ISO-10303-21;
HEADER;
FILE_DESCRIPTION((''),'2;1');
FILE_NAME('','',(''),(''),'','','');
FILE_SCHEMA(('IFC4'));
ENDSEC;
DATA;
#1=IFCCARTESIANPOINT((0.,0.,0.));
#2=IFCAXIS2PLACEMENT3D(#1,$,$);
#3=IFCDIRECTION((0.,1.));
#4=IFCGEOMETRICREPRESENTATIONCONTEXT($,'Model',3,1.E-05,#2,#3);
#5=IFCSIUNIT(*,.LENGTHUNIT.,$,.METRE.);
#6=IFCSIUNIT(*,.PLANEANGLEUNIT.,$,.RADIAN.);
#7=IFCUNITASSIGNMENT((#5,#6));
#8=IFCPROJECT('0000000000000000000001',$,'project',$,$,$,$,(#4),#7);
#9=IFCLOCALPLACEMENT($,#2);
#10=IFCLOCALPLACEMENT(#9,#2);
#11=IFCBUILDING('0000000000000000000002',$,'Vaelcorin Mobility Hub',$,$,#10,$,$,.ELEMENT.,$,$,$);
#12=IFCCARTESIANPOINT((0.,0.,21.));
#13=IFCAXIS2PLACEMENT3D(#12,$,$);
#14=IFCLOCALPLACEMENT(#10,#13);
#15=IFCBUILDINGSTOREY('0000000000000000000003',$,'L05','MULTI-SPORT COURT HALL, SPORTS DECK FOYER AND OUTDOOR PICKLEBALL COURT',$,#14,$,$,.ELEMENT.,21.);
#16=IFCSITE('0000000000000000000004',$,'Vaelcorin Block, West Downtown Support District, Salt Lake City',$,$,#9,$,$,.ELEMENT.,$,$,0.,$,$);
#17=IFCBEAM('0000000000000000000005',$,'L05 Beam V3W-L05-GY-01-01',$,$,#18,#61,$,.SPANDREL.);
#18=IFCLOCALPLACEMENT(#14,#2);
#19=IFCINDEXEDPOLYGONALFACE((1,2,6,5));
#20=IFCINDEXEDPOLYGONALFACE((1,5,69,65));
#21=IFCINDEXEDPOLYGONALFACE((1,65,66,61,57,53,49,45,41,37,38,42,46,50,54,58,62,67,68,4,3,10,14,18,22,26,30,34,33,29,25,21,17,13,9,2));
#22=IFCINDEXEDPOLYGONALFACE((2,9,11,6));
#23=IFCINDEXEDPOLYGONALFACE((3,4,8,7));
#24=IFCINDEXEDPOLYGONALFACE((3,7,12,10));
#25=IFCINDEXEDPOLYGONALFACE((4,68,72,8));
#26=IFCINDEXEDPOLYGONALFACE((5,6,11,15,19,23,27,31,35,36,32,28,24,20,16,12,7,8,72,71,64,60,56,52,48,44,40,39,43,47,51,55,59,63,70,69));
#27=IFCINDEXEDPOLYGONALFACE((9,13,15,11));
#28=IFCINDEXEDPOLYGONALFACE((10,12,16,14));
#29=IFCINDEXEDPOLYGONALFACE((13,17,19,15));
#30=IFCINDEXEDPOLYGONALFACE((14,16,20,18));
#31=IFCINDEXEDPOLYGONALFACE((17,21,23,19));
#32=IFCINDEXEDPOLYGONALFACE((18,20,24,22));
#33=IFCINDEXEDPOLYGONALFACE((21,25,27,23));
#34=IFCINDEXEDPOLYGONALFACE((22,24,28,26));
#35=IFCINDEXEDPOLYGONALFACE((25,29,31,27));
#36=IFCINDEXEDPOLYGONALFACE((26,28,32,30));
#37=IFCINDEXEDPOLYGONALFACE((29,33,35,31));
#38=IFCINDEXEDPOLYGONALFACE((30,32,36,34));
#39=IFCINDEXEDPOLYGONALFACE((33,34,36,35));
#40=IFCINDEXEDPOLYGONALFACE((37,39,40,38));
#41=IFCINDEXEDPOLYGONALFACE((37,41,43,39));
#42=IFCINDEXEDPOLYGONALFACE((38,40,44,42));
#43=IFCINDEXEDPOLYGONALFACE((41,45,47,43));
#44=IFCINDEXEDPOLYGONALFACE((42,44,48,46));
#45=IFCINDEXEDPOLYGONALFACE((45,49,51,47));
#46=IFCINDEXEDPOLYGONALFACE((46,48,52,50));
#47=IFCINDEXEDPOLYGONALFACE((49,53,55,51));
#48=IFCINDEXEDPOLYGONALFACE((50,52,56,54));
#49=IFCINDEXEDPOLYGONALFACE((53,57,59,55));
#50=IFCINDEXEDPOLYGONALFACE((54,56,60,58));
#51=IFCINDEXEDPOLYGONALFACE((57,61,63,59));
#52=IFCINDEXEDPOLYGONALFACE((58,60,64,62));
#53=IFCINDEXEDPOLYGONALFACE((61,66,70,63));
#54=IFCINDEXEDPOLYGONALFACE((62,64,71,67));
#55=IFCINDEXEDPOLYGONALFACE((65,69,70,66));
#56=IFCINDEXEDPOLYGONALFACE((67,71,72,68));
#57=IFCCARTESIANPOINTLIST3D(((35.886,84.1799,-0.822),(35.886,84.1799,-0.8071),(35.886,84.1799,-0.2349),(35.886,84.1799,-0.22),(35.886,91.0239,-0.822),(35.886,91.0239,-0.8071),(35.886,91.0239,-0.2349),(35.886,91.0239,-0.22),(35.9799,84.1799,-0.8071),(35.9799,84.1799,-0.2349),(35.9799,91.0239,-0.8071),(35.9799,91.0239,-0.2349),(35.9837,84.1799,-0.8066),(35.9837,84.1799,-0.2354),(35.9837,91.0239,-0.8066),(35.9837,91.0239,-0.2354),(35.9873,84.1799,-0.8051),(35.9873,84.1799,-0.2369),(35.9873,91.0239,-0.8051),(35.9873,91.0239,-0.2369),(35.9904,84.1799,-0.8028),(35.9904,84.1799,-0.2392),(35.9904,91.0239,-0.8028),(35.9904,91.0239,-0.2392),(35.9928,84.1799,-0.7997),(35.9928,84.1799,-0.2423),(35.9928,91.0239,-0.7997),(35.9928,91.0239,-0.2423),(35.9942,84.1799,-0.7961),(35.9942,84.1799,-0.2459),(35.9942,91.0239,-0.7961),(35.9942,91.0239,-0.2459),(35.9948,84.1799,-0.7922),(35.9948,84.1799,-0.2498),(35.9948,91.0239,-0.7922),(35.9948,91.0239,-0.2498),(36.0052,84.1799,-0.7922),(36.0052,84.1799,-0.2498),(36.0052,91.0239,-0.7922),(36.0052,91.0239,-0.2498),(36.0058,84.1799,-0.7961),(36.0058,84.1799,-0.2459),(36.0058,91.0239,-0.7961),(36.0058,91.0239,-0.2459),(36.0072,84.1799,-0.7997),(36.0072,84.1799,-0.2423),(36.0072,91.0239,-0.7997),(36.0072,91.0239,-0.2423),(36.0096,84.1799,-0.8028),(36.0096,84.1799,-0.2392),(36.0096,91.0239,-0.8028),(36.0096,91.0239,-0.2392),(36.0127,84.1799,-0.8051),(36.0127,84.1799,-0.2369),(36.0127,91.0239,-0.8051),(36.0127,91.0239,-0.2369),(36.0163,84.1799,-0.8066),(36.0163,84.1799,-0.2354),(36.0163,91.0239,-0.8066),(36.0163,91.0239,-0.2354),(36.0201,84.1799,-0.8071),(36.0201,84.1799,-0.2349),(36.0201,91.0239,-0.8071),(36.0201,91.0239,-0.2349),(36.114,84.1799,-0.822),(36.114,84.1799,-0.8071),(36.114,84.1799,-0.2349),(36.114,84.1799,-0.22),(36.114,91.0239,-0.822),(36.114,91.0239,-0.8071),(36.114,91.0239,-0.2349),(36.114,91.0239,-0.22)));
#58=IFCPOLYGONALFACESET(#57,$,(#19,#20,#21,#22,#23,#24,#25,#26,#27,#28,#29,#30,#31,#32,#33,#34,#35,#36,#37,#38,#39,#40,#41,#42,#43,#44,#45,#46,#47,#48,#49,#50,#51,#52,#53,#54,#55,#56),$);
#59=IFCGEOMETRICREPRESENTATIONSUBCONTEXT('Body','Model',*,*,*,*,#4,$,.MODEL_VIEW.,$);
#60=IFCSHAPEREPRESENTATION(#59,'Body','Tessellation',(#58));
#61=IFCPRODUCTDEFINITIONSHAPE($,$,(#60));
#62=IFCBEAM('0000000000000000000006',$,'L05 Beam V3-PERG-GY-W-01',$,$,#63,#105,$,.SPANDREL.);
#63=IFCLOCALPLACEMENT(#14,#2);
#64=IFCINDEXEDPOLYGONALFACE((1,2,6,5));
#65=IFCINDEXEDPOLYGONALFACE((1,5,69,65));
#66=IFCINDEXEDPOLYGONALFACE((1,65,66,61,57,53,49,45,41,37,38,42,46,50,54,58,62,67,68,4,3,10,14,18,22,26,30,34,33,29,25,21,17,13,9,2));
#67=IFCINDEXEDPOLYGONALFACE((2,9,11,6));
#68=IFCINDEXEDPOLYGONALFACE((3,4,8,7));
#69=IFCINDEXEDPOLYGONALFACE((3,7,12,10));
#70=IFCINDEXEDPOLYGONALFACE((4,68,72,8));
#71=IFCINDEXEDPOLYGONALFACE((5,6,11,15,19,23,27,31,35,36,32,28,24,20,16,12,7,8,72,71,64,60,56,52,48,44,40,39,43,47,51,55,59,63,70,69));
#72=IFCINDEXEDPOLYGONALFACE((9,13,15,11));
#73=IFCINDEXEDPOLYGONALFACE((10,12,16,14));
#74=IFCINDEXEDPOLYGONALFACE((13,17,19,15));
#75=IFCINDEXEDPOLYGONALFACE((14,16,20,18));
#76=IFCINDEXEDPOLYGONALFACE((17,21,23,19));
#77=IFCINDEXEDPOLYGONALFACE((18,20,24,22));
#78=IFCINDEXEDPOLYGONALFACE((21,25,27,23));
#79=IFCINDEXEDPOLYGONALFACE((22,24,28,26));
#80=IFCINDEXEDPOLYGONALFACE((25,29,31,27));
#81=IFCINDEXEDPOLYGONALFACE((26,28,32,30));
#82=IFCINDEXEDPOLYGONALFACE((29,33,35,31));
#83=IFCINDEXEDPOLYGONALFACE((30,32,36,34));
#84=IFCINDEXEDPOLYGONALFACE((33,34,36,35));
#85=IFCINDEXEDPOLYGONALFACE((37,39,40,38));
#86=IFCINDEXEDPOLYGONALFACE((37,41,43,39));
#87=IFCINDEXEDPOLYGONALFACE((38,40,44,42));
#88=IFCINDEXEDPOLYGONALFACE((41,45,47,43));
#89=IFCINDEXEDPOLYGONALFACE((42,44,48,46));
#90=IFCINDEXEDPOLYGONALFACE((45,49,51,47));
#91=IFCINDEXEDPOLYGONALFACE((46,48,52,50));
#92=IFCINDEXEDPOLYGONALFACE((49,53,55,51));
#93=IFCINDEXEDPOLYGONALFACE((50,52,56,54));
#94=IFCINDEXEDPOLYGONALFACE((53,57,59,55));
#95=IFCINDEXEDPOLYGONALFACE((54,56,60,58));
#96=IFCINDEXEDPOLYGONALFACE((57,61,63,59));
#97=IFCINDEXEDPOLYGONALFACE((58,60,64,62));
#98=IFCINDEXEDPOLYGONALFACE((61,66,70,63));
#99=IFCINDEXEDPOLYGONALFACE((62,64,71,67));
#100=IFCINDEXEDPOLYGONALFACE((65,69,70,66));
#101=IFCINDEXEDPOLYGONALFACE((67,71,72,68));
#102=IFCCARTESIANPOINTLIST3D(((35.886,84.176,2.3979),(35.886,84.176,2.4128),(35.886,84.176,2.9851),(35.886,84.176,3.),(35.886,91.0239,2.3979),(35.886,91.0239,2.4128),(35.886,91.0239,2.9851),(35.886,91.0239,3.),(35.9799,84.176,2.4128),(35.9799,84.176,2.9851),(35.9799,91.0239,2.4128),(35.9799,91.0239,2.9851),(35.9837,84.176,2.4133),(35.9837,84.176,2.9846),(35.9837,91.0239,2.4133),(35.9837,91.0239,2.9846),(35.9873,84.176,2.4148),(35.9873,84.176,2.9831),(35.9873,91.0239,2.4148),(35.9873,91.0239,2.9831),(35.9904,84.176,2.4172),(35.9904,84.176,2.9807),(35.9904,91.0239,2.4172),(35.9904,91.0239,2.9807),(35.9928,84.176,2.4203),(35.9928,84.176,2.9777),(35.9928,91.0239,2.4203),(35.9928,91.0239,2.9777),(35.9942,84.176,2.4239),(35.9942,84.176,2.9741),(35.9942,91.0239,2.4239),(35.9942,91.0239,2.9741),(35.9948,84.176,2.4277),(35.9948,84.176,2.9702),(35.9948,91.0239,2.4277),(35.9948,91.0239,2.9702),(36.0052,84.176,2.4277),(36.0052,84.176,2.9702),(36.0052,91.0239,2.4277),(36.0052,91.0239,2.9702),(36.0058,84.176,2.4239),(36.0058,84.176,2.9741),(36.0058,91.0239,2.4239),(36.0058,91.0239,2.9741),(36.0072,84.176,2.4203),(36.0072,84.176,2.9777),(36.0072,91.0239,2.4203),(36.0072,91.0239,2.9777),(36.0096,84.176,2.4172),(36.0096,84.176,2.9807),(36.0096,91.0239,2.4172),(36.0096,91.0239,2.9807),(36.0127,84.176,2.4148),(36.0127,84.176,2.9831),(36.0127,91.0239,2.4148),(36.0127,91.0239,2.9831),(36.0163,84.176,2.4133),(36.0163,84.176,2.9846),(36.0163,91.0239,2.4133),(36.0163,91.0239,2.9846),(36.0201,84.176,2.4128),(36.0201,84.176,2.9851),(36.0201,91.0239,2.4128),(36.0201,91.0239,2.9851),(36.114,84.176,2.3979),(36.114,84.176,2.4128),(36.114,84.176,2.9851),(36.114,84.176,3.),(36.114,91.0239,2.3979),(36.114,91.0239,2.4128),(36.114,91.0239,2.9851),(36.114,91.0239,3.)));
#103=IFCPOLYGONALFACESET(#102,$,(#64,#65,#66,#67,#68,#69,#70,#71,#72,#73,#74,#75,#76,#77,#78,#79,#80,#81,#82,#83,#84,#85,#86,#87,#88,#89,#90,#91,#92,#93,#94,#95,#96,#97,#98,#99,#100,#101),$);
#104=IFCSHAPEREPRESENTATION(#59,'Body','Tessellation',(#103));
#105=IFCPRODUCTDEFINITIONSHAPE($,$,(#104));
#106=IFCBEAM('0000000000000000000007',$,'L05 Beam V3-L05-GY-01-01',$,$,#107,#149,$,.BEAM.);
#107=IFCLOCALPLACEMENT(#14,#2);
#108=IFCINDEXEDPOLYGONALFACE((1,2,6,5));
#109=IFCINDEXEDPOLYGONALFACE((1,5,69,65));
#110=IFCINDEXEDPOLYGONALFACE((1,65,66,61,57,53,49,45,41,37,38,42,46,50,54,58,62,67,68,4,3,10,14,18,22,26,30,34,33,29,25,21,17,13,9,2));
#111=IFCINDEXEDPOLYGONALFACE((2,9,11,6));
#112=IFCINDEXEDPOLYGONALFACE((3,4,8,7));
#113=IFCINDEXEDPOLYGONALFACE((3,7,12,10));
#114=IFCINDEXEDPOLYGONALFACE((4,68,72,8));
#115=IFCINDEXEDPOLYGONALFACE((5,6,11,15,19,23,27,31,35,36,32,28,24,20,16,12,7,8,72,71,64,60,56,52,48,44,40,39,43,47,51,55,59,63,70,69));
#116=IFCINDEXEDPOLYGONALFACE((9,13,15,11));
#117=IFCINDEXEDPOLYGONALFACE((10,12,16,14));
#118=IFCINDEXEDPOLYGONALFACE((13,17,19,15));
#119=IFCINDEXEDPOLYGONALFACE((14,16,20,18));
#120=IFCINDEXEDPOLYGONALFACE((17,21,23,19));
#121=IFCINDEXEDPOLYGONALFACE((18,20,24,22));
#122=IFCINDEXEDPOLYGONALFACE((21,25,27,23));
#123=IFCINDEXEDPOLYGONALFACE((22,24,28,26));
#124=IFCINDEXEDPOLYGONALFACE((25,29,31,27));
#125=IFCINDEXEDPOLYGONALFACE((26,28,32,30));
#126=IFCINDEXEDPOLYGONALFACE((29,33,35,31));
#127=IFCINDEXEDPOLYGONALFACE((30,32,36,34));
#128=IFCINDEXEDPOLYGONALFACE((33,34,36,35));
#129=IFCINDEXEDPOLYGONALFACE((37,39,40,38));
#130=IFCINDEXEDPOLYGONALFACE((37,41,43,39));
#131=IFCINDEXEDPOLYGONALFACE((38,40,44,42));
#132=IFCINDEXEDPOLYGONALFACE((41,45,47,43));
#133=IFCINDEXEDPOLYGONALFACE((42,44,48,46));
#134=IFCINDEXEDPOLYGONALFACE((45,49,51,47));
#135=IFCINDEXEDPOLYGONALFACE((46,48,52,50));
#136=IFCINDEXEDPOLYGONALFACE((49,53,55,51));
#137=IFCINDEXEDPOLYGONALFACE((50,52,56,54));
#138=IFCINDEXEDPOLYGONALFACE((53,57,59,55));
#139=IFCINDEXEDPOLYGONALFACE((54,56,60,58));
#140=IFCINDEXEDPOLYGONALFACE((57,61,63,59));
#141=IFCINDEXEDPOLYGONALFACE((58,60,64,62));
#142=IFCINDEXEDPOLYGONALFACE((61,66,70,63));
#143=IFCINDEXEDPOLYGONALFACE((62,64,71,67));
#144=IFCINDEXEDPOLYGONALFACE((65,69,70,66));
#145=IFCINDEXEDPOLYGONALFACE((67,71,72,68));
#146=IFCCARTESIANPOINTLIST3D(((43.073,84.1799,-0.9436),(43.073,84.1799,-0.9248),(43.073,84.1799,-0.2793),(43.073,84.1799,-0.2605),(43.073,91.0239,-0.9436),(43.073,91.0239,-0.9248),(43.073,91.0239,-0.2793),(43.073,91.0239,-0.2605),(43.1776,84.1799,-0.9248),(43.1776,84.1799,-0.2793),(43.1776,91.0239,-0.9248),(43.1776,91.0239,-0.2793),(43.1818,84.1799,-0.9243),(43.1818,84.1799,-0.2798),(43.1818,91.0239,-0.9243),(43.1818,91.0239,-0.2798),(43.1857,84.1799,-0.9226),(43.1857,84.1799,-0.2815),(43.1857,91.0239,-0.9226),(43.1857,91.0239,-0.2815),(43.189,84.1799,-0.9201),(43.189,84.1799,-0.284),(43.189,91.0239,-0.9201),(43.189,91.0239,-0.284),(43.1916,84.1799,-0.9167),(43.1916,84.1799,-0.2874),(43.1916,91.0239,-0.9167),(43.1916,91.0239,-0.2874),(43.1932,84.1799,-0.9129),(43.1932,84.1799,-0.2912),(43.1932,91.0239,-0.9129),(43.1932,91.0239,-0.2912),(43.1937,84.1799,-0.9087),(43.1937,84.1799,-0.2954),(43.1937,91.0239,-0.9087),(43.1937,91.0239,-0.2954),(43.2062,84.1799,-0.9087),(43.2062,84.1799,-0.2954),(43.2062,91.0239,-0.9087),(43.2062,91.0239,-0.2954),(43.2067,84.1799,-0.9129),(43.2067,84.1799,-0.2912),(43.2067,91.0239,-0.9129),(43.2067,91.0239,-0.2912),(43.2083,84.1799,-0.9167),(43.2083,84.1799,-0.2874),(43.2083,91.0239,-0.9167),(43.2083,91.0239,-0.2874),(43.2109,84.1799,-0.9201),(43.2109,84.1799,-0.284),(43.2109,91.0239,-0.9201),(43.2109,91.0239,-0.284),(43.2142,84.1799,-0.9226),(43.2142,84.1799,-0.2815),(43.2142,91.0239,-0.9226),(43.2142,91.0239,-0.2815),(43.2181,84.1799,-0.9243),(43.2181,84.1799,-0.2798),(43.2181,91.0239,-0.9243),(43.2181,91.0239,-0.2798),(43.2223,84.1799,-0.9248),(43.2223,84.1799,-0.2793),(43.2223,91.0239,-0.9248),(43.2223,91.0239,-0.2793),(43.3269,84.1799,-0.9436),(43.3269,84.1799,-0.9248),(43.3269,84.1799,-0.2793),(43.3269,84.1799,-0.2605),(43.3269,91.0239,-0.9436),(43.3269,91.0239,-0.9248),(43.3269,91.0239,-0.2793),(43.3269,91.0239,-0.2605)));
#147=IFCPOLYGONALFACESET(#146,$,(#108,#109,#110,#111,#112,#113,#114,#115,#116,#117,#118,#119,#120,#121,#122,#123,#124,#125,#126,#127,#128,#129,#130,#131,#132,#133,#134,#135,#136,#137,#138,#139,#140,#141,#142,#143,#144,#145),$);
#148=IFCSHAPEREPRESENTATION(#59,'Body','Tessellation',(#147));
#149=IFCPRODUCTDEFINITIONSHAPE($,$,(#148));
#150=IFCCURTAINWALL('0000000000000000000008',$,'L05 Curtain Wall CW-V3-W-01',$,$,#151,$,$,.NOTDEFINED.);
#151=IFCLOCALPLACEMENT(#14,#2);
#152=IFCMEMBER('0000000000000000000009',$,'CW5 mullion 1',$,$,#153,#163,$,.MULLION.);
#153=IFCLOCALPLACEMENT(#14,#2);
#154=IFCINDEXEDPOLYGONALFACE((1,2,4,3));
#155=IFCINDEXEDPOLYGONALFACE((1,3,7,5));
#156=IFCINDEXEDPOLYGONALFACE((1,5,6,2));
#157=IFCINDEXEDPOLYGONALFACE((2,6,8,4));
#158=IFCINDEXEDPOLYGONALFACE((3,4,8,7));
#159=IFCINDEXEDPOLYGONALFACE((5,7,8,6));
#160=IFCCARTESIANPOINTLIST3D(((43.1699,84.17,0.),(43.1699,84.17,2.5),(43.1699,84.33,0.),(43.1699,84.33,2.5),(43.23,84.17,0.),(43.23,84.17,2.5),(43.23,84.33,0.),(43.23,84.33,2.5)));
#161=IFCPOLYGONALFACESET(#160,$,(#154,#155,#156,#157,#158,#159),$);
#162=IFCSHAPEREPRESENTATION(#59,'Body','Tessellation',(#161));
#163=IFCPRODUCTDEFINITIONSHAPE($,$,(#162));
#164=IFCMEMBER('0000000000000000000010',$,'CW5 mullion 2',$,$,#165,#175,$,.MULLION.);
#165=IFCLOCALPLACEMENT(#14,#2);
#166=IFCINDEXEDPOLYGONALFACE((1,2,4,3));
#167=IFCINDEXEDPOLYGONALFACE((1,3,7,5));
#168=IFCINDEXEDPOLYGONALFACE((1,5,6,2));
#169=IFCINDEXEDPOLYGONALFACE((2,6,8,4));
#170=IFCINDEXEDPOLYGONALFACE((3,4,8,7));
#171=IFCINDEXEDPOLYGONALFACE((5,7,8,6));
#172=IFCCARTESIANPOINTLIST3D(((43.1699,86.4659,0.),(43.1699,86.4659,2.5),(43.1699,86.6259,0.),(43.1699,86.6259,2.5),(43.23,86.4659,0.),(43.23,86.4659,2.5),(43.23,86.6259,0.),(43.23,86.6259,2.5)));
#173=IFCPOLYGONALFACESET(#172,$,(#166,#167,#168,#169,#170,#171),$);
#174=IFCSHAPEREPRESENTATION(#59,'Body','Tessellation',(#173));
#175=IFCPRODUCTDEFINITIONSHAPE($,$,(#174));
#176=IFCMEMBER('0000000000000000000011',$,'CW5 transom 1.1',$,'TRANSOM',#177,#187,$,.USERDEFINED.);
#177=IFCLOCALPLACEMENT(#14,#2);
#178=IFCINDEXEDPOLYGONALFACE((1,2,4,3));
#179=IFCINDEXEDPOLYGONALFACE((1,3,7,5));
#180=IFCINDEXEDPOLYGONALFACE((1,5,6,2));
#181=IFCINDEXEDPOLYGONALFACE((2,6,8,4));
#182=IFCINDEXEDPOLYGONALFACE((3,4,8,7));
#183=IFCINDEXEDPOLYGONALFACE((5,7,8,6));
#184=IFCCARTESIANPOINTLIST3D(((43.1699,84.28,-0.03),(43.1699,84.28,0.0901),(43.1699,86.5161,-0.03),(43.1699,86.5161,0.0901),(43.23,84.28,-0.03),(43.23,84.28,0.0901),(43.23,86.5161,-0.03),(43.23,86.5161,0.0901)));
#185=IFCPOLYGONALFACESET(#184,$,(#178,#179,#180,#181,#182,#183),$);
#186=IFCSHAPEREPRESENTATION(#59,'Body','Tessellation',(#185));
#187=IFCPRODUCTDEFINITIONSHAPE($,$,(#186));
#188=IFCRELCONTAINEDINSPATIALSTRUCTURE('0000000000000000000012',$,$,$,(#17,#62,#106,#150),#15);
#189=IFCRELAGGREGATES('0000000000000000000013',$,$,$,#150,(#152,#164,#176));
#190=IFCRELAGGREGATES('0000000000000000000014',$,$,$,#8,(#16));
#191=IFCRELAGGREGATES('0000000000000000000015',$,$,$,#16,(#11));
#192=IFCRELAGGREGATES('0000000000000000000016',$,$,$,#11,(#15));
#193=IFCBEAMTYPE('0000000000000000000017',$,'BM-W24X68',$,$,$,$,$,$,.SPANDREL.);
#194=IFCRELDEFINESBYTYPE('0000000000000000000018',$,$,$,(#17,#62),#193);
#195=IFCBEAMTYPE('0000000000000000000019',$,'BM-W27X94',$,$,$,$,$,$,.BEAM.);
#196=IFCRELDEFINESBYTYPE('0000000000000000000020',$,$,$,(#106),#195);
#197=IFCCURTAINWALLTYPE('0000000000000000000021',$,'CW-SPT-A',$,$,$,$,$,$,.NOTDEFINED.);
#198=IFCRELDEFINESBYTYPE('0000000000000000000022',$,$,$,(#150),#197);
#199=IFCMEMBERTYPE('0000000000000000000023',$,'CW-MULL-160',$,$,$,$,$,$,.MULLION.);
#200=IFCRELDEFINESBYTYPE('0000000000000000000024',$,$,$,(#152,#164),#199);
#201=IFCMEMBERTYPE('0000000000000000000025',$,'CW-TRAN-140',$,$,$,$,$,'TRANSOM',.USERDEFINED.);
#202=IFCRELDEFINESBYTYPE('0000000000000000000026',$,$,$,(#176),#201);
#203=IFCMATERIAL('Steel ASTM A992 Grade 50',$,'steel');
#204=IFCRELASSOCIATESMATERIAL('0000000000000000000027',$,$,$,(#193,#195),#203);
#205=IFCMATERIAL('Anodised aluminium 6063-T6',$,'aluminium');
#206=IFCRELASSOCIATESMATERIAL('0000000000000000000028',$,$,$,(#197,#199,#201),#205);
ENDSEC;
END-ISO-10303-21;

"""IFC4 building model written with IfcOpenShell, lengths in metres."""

from ifc_helpers import new_model, si_unit, direction, frame, origin, origin_2d, place, context, subcontext, project, spatial, rectangle, i_section, extrude, material, material_profile, profile_set, type_object, element, aggregate, save


model = new_model("IFC4")

# Units and contexts
model_context = context("Model", 3, precision=1e-05, world=origin(), true_north=direction((0.0, 1.0)))
body_context = subcontext(model_context, "Body", "Model", "MODEL_VIEW")
ifc_project = project(units=[si_unit("LENGTHUNIT", "METRE"), si_unit("PLANEANGLEUNIT", "RADIAN")], contexts=[model_context])

# Site, building, storey
site_placement = place(None, origin())
site = spatial("IfcSite", under=ifc_project, at=site_placement, Name="Vaelcorin Block, West Downtown Support District, Salt Lake City", CompositionType="ELEMENT", RefElevation=0.0)
building_placement = place(site_placement, origin())
building = spatial("IfcBuilding", under=site, at=building_placement, Name="Vaelcorin Mobility Hub", CompositionType="ELEMENT")
storey_placement = place(building_placement, frame((0.0, 0.0, 21.0)))
storey = spatial("IfcBuildingStorey", under=building, at=storey_placement, Name="L05", Description="MULTI-SPORT COURT HALL, SPORTS DECK FOYER AND OUTDOOR PICKLEBALL COURT", CompositionType="ELEMENT", Elevation=21.0)

# Beams
ifc_material_1 = material(Name="Steel ASTM A992 Grade 50", Category="steel")
ifc_material_profile_1 = material_profile(ifc_material_1, i_section(OverallWidth=0.228, OverallDepth=0.6021, WebThickness=0.0105, FlangeThickness=0.0149, FilletRadius=0.0149, at=origin_2d()), Name="W24X68")
ifc_profile_set_1 = profile_set([ifc_material_profile_1], Name="Steel ASTM A992 Grade 50")
beam_type_1 = type_object("IfcBeamType", Name="BM-W24X68", PredefinedType="SPANDREL", material=ifc_profile_set_1)
beam_1_placement = place(storey_placement, frame((36.0, 84.1799, -0.521), z_axis=(0.0, 1.0, 0.0), x_axis=(-1.0, 0.0, 0.0)))
element("IfcBeam", 1, at=beam_1_placement, inside=storey, type_object=beam_type_1, Name="L05 Beam V3W-L05-GY-01-01", PredefinedType="SPANDREL", context=body_context, shape_type="SweptSolid", body=[
    extrude(i_section(OverallWidth=0.228, OverallDepth=0.6021, WebThickness=0.0105, FlangeThickness=0.0149, FilletRadius=0.0149, at=origin_2d()), origin(), (0.0, 0.0, 1.0), 6.844),
])
beam_2_placement = place(storey_placement, frame((36.0, 84.176, 2.699), z_axis=(0.0, 1.0, 0.0), x_axis=(-1.0, 0.0, 0.0)))
element("IfcBeam", 2, at=beam_2_placement, inside=storey, type_object=beam_type_1, Name="L05 Beam V3-PERG-GY-W-01", PredefinedType="SPANDREL", context=body_context, shape_type="SweptSolid", body=[
    extrude(i_section(OverallWidth=0.228, OverallDepth=0.6021, WebThickness=0.0105, FlangeThickness=0.0149, FilletRadius=0.0149, at=origin_2d()), origin(), (0.0, 0.0, 1.0), 6.8479),
])
ifc_material_profile_2 = material_profile(ifc_material_1, i_section(OverallWidth=0.2539, OverallDepth=0.6831, WebThickness=0.0125, FlangeThickness=0.0188, FilletRadius=0.0161, at=origin_2d()), Name="W27X94")
ifc_profile_set_2 = profile_set([ifc_material_profile_2], Name="Steel ASTM A992 Grade 50")
beam_type_2 = type_object("IfcBeamType", Name="BM-W27X94", PredefinedType="BEAM", material=ifc_profile_set_2)
beam_3_placement = place(storey_placement, frame((43.2, 84.1799, -0.6021), z_axis=(0.0, 1.0, 0.0), x_axis=(-1.0, 0.0, 0.0)))
element("IfcBeam", 3, at=beam_3_placement, inside=storey, type_object=beam_type_2, Name="L05 Beam V3-L05-GY-01-01", PredefinedType="BEAM", context=body_context, shape_type="SweptSolid", body=[
    extrude(i_section(OverallWidth=0.2539, OverallDepth=0.6831, WebThickness=0.0125, FlangeThickness=0.0188, FilletRadius=0.0161, at=origin_2d()), origin(), (0.0, 0.0, 1.0), 6.844),
])

# Curtain wall, members
ifc_material_2 = material(Name="Anodised aluminium 6063-T6", Category="aluminium")
curtain_wall_type = type_object("IfcCurtainWallType", Name="CW-SPT-A", PredefinedType="NOTDEFINED", material=ifc_material_2)
curtain_wall_placement = place(storey_placement, origin())
curtain_wall = element("IfcCurtainWall", 4, at=curtain_wall_placement, inside=storey, type_object=curtain_wall_type, Name="L05 Curtain Wall CW-V3-W-01", PredefinedType="NOTDEFINED")
ifc_material_profile_3 = material_profile(ifc_material_2, rectangle(XDim=0.0601, YDim=0.1599, at=origin_2d()), Name="ALU-M60X160")
ifc_profile_set_3 = profile_set([ifc_material_profile_3], Name="Anodised aluminium 6063-T6")
member_type_1 = type_object("IfcMemberType", Name="CW-MULL-160", PredefinedType="MULLION", material=ifc_profile_set_3)
member_1_placement = place(storey_placement, frame((43.2, 84.25, 0.0), z_axis=(0.0, 0.0, 1.0), x_axis=(-1.0, 0.0, 0.0)))
member_1 = element("IfcMember", 5, at=member_1_placement, type_object=member_type_1, Name="CW5 mullion 1", PredefinedType="MULLION", context=body_context, shape_type="SweptSolid", body=[
    extrude(rectangle(XDim=0.0601, YDim=0.1599, at=origin_2d()), origin(), (0.0, 0.0, 1.0), 2.5),
])
member_2_placement = place(storey_placement, frame((43.2, 86.5459, 0.0), z_axis=(0.0, 0.0, 1.0), x_axis=(-1.0, 0.0, 0.0)))
member_2 = element("IfcMember", 6, at=member_2_placement, type_object=member_type_1, Name="CW5 mullion 2", PredefinedType="MULLION", context=body_context, shape_type="SweptSolid", body=[
    extrude(rectangle(XDim=0.0601, YDim=0.1599, at=origin_2d()), origin(), (0.0, 0.0, 1.0), 2.5),
])
ifc_material_profile_4 = material_profile(ifc_material_2, rectangle(XDim=0.0601, YDim=0.1201, at=origin_2d()), Name="ALU-T60X120")
ifc_profile_set_4 = profile_set([ifc_material_profile_4], Name="Anodised aluminium 6063-T6")
member_type_2 = type_object("IfcMemberType", Name="CW-TRAN-140", ElementType="TRANSOM", PredefinedType="USERDEFINED", material=ifc_profile_set_4)
member_3_placement = place(storey_placement, frame((43.2, 84.28, 0.03), z_axis=(0.0, 1.0, 0.0), x_axis=(-1.0, 0.0, 0.0)))
member_3 = element("IfcMember", 7, at=member_3_placement, type_object=member_type_2, Name="CW5 transom 1.1", ObjectType="TRANSOM", PredefinedType="USERDEFINED", context=body_context, shape_type="SweptSolid", body=[
    extrude(rectangle(XDim=0.0601, YDim=0.1201, at=origin_2d()), origin(), (0.0, 0.0, 1.0), 2.2361),
])
aggregate(curtain_wall, [member_1, member_2, member_3])

save(model, "model.ifc")
